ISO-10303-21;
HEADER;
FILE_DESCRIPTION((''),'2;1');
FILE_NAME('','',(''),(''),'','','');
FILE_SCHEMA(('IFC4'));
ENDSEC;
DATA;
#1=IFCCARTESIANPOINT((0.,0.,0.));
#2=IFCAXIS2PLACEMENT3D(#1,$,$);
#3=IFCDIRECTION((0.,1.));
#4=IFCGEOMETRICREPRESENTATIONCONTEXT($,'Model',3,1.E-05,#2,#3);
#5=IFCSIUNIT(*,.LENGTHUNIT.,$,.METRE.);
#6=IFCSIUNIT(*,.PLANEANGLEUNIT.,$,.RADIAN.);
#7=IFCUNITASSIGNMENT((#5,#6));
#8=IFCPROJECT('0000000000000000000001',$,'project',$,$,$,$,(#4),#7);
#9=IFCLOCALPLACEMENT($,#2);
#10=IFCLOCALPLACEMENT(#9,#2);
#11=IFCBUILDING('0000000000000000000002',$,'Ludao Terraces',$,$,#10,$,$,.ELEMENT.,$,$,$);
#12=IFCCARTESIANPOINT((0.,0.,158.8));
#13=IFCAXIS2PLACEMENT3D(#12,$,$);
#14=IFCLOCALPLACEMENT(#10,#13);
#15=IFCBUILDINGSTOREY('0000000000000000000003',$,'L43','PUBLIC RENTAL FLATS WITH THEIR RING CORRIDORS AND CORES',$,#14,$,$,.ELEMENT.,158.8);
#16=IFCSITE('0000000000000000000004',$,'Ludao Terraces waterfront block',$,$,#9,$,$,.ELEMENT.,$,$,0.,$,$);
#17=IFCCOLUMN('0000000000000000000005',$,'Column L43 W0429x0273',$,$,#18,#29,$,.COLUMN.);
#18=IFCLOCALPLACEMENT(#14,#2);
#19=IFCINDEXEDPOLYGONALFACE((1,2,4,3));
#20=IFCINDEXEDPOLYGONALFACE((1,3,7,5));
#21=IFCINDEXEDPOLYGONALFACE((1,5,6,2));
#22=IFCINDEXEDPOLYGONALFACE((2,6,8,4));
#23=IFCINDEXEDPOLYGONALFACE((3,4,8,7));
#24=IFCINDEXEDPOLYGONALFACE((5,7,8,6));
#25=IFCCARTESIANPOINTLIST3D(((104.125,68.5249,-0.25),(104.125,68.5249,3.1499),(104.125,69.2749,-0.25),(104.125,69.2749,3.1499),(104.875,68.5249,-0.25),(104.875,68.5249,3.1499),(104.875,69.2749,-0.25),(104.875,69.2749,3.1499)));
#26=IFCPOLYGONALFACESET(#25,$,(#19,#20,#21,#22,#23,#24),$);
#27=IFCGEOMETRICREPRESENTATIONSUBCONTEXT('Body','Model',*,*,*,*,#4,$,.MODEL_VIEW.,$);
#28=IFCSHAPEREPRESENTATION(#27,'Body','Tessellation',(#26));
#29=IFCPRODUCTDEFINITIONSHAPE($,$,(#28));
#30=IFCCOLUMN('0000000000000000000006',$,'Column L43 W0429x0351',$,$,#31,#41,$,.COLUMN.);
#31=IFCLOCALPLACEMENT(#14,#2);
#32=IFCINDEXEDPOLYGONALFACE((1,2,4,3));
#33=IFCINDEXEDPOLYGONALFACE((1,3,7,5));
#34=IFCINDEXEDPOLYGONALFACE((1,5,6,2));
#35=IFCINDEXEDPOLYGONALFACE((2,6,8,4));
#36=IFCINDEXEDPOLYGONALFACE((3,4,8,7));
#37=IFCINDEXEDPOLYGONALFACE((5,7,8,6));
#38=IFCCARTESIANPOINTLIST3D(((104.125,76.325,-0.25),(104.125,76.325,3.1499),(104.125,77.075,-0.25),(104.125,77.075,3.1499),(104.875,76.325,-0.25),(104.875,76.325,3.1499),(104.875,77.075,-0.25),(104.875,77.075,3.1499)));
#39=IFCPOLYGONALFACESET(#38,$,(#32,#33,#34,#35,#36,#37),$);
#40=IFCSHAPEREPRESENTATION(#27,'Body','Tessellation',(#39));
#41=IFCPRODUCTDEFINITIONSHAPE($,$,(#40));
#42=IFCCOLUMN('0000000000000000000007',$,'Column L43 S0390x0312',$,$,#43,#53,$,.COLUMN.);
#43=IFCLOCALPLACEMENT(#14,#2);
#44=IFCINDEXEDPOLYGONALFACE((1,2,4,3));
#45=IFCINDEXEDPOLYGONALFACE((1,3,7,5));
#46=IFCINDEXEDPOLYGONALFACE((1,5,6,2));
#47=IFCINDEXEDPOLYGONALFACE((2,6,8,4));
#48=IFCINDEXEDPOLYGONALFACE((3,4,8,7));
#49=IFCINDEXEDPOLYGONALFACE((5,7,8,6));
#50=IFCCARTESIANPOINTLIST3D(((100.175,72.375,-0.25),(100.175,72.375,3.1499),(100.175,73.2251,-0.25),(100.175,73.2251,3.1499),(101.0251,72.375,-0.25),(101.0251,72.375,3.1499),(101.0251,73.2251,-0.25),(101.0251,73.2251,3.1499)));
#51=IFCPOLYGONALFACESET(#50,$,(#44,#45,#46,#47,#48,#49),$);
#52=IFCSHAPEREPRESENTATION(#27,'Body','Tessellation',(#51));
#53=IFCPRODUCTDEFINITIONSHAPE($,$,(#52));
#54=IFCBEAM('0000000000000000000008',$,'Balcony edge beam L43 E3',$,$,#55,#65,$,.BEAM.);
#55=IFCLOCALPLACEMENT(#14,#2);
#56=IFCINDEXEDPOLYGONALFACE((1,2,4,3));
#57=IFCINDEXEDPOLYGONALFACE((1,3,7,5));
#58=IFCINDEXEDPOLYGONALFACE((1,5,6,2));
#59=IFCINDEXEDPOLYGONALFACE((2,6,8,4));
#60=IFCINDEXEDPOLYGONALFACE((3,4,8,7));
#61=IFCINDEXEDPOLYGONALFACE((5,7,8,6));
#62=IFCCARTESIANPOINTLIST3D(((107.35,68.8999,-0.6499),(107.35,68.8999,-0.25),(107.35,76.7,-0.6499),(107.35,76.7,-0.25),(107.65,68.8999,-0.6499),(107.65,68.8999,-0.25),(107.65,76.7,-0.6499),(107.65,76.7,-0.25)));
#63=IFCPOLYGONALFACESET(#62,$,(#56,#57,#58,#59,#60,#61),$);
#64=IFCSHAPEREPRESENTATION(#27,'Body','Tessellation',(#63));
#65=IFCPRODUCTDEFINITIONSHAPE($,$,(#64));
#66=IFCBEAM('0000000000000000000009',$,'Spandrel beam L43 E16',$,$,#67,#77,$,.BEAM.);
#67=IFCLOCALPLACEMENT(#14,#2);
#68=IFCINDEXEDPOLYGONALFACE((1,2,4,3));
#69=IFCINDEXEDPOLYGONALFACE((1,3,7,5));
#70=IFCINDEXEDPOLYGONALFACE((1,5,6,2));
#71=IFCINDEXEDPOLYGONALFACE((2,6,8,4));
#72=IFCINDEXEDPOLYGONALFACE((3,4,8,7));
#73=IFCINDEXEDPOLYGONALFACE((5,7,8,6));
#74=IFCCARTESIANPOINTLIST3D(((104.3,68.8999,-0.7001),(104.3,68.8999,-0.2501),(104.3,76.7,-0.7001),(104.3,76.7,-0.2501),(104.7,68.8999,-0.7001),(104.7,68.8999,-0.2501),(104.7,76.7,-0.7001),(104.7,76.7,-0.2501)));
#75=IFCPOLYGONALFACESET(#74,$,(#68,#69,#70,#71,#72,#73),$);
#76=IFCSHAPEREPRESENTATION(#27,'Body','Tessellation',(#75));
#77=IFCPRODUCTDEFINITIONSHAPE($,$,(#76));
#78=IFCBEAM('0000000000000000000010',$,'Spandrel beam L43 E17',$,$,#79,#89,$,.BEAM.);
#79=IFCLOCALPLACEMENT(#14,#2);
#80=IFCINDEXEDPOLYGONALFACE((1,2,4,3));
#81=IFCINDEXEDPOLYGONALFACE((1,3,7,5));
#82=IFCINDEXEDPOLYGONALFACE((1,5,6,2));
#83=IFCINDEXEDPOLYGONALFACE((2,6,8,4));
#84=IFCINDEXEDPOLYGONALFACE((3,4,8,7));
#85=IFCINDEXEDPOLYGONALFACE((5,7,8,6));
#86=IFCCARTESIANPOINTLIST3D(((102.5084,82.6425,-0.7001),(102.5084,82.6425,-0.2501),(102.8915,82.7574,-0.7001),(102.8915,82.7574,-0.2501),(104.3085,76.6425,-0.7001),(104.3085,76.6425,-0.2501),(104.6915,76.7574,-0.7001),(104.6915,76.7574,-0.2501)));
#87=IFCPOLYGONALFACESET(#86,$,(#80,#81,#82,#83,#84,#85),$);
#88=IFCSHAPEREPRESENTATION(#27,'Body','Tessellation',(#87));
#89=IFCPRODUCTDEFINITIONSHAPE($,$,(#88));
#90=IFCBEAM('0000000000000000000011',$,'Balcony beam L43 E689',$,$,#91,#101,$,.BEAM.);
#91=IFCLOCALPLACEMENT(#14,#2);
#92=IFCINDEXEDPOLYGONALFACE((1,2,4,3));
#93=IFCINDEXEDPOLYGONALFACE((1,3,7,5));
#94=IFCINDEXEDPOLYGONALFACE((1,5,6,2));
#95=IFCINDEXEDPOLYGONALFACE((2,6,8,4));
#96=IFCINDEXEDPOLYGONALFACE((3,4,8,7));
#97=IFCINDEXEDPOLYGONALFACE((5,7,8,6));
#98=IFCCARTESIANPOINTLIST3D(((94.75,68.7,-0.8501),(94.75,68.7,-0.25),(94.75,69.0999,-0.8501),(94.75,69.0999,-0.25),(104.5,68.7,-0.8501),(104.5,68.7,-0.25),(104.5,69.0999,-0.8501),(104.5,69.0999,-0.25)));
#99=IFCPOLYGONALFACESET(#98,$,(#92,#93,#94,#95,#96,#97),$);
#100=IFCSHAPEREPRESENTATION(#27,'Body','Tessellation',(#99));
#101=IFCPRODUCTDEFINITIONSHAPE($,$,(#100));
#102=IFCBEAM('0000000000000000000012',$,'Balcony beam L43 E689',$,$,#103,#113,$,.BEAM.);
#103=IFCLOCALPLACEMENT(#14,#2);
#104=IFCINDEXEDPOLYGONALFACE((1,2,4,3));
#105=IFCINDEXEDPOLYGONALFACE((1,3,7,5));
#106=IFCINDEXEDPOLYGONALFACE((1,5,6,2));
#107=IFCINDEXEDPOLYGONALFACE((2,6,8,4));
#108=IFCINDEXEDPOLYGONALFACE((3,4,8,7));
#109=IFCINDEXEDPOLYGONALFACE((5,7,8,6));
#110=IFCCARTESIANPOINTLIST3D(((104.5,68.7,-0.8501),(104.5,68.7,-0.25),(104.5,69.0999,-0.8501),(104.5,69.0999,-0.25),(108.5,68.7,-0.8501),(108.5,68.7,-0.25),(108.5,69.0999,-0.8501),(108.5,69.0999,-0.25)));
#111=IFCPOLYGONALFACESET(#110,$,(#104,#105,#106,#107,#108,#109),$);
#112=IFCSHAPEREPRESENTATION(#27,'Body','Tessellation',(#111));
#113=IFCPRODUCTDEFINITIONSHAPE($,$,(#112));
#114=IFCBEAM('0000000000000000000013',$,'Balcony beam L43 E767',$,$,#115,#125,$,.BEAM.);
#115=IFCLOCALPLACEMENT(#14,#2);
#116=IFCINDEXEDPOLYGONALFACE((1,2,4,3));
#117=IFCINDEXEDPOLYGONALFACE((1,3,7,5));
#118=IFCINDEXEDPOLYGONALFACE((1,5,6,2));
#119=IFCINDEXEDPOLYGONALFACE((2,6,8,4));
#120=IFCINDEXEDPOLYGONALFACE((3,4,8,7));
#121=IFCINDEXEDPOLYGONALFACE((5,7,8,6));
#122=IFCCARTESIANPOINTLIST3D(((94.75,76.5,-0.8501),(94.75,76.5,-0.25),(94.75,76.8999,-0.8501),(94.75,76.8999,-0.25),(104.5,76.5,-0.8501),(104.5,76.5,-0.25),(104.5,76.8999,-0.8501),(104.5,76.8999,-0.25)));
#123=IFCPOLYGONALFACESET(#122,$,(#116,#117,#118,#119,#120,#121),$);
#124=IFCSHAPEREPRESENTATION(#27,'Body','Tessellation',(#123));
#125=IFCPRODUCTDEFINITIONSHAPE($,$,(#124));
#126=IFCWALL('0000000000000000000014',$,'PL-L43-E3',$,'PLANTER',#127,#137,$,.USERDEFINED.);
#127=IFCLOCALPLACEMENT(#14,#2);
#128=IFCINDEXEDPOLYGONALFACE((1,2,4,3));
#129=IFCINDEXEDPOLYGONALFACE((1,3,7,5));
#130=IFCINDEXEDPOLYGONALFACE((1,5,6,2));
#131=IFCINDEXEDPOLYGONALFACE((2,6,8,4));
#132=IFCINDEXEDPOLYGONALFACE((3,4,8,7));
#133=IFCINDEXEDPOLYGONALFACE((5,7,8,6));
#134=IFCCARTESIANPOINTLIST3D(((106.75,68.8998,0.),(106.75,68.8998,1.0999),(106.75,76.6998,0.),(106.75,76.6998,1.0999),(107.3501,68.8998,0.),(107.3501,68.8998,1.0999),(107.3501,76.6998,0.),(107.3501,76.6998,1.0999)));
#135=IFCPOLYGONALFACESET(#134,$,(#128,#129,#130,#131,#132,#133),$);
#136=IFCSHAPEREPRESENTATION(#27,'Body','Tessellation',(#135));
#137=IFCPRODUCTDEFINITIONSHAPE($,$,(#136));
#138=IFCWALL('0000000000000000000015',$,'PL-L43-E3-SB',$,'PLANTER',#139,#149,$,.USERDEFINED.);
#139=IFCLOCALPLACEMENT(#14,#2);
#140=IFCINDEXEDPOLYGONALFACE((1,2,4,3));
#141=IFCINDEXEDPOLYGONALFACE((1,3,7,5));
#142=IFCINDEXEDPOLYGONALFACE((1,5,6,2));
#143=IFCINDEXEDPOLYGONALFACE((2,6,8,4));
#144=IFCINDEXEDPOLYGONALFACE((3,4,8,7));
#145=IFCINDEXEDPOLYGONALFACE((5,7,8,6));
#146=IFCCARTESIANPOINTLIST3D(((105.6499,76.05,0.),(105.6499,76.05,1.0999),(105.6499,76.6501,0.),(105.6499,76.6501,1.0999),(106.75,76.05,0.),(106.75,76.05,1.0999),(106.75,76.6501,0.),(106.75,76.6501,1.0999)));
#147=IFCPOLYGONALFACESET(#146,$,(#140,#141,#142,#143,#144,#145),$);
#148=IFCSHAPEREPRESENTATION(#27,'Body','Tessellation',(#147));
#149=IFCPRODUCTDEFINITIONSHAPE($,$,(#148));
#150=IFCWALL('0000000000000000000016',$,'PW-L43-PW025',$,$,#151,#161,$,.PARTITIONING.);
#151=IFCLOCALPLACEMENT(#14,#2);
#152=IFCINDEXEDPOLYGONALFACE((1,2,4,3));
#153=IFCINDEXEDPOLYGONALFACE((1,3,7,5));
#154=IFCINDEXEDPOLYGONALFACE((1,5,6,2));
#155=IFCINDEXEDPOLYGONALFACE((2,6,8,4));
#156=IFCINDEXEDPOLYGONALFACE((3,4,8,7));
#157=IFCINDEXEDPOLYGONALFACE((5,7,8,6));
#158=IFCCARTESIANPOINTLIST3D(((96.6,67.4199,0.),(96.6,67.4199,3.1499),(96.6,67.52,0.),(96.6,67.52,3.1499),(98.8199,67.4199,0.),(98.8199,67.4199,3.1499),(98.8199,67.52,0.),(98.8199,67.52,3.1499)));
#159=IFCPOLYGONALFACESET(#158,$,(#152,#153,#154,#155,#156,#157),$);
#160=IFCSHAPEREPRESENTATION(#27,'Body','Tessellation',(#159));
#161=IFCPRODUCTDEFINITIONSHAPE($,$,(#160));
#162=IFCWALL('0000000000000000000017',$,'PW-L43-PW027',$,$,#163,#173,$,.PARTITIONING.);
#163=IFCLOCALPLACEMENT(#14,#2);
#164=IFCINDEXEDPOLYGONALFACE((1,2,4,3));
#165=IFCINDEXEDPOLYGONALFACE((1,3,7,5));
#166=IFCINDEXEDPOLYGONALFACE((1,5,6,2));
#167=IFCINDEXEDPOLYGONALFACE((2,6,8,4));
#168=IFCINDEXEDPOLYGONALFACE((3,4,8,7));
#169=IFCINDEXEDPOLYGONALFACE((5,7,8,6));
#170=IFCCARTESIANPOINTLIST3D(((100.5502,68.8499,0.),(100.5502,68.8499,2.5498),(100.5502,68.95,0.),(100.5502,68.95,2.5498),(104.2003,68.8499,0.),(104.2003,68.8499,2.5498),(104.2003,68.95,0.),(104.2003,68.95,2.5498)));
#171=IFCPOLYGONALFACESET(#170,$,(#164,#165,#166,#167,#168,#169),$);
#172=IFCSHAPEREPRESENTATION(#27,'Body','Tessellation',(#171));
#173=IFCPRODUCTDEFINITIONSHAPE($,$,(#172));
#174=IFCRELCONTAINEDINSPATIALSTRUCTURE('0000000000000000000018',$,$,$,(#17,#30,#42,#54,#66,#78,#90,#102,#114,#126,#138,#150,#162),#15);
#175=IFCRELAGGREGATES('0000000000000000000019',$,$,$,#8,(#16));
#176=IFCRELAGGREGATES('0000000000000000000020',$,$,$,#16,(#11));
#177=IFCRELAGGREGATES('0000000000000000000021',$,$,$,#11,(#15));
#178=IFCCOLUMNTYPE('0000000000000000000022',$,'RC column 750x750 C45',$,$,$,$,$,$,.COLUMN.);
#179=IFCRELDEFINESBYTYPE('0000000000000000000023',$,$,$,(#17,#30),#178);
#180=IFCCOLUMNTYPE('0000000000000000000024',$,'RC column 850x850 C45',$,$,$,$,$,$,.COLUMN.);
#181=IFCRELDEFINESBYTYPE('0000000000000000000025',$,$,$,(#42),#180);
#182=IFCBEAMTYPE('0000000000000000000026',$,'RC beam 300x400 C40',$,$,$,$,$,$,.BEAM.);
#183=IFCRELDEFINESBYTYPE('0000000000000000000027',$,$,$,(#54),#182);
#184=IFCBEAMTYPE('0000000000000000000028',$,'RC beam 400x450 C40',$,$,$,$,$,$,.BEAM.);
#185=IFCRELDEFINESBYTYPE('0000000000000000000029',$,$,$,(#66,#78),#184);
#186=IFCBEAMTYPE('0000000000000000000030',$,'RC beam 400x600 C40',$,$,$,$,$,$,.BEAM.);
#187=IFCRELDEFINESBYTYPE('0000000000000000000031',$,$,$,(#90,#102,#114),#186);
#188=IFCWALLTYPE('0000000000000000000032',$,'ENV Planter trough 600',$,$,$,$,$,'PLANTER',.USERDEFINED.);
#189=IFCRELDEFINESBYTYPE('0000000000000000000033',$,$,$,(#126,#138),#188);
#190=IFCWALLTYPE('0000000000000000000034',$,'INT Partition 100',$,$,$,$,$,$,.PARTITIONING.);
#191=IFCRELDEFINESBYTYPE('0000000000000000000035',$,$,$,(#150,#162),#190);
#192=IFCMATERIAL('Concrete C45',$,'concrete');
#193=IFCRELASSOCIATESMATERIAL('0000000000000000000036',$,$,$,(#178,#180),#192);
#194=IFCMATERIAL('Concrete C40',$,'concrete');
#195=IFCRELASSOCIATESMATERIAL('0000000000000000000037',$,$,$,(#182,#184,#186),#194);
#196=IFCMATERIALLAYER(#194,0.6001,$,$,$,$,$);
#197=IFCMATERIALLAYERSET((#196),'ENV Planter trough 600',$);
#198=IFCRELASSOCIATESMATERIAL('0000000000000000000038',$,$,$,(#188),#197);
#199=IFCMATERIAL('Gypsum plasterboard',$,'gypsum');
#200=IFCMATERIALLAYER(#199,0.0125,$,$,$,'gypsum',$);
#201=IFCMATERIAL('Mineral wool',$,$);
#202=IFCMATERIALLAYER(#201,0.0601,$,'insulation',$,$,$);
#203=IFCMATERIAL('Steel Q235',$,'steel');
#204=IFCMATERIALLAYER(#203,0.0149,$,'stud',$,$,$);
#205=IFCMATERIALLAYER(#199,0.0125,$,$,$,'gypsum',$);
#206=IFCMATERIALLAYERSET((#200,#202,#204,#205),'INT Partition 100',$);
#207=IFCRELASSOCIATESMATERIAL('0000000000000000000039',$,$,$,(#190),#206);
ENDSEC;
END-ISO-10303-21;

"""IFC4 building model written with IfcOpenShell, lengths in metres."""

from ifc_helpers import new_model, si_unit, direction, frame, frame_2d, origin, origin_2d, place, context, subcontext, project, spatial, rectangle, extrude, material, layer, layer_set, material_profile, profile_set, type_object, element, save


model = new_model("IFC4")

# Units and contexts
model_context = context("Model", 3, precision=1e-05, world=origin(), true_north=direction((0.0, 1.0)))
body_context = subcontext(model_context, "Body", "Model", "MODEL_VIEW")
ifc_project = project(units=[si_unit("LENGTHUNIT", "METRE"), si_unit("PLANEANGLEUNIT", "RADIAN")], contexts=[model_context])

# Site, building, storey
site_placement = place(None, origin())
site = spatial("IfcSite", under=ifc_project, at=site_placement, Name="Ludao Terraces waterfront block", CompositionType="ELEMENT", RefElevation=0.0)
building_placement = place(site_placement, origin())
building = spatial("IfcBuilding", under=site, at=building_placement, Name="Ludao Terraces", CompositionType="ELEMENT")
storey_placement = place(building_placement, frame((0.0, 0.0, 158.8)))
storey = spatial("IfcBuildingStorey", under=building, at=storey_placement, Name="L43", Description="PUBLIC RENTAL FLATS WITH THEIR RING CORRIDORS AND CORES", CompositionType="ELEMENT", Elevation=158.8)

# Columns
ifc_material_1 = material(Name="Concrete C45", Category="concrete")
ifc_material_profile_1 = material_profile(ifc_material_1, rectangle(XDim=0.75, YDim=0.75, at=origin_2d()), Name="750 X 750")
ifc_profile_set_1 = profile_set([ifc_material_profile_1], Name="Concrete C45")
column_type_1 = type_object("IfcColumnType", Name="RC column 750x750 C45", PredefinedType="COLUMN", material=ifc_profile_set_1)
for number, where, z_axis, x_axis, name in (
    (1, (104.5, 68.8999, -0.25), (0.0, 0.0, 1.0), (1.0, 0.0, 0.0), "Column L43 W0429x0273"),
    (2, (104.5, 76.7, -0.25), (0.0, 0.0, 1.0), (1.0, 0.0, 0.0), "Column L43 W0429x0351"),
):
    element("IfcColumn", number, at=place(storey_placement, frame(where, z_axis=z_axis, x_axis=x_axis)), inside=storey, type_object=column_type_1, Name=name, PredefinedType="COLUMN", context=body_context, shape_type="SweptSolid", body=[
        extrude(rectangle(XDim=0.75, YDim=0.75, at=origin_2d()), origin(), (0.0, 0.0, 1.0), 3.3999),
    ])
ifc_material_profile_2 = material_profile(ifc_material_1, rectangle(XDim=0.8501, YDim=0.8501, at=origin_2d()), Name="850 X 850")
ifc_profile_set_2 = profile_set([ifc_material_profile_2], Name="Concrete C45")
column_type_2 = type_object("IfcColumnType", Name="RC column 850x850 C45", PredefinedType="COLUMN", material=ifc_profile_set_2)
column_placement = place(storey_placement, frame((100.6001, 72.8, -0.25), z_axis=(0.0, 0.0, 1.0), x_axis=(1.0, 0.0, 0.0)))
element("IfcColumn", 3, at=column_placement, inside=storey, type_object=column_type_2, Name="Column L43 S0390x0312", PredefinedType="COLUMN", context=body_context, shape_type="SweptSolid", body=[
    extrude(rectangle(XDim=0.8501, YDim=0.8501, at=origin_2d()), origin(), (0.0, 0.0, 1.0), 3.3999),
])

# Beams
ifc_material_2 = material(Name="Concrete C40", Category="concrete")
ifc_material_profile_3 = material_profile(ifc_material_2, rectangle(XDim=0.3, YDim=0.3999, at=origin_2d()), Name="300 X 400")
ifc_profile_set_3 = profile_set([ifc_material_profile_3], Name="Concrete C40")
beam_type_1 = type_object("IfcBeamType", Name="RC beam 300x400 C40", PredefinedType="BEAM", material=ifc_profile_set_3)
beam_1_placement = place(storey_placement, frame((107.5, 68.8999, -0.45), z_axis=(0.0, 1.0, 0.0), x_axis=(-1.0, 0.0, 0.0)))
element("IfcBeam", 4, at=beam_1_placement, inside=storey, type_object=beam_type_1, Name="Balcony edge beam L43 E3", PredefinedType="BEAM", context=body_context, shape_type="SweptSolid", body=[
    extrude(rectangle(XDim=0.3, YDim=0.3999, at=origin_2d()), origin(), (0.0, 0.0, 1.0), 7.8),
])
ifc_material_profile_4 = material_profile(ifc_material_2, rectangle(XDim=0.3999, YDim=0.45, at=origin_2d()), Name="400 X 450")
ifc_profile_set_4 = profile_set([ifc_material_profile_4], Name="Concrete C40")
beam_type_2 = type_object("IfcBeamType", Name="RC beam 400x450 C40", PredefinedType="BEAM", material=ifc_profile_set_4)
beam_2_placement = place(storey_placement, frame((104.5, 68.8999, -0.4751), z_axis=(0.0, 1.0, 0.0), x_axis=(-1.0, 0.0, 0.0)))
element("IfcBeam", 5, at=beam_2_placement, inside=storey, type_object=beam_type_2, Name="Spandrel beam L43 E16", PredefinedType="BEAM", context=body_context, shape_type="SweptSolid", body=[
    extrude(rectangle(XDim=0.3999, YDim=0.45, at=origin_2d()), origin(), (0.0, 0.0, 1.0), 7.8),
])
beam_3_placement = place(storey_placement, frame((104.5, 76.7, -0.4751), z_axis=(-0.287355, 0.957824, 0.0), x_axis=(-0.957824, -0.287355, 0.0)))
element("IfcBeam", 6, at=beam_3_placement, inside=storey, type_object=beam_type_2, Name="Spandrel beam L43 E17", PredefinedType="BEAM", context=body_context, shape_type="SweptSolid", body=[
    extrude(rectangle(XDim=0.3999, YDim=0.45, at=origin_2d()), origin(), (0.0, 0.0, 1.0), 6.2642),
])
ifc_material_profile_5 = material_profile(ifc_material_2, rectangle(XDim=0.3999, YDim=0.6001, at=origin_2d()), Name="400 X 600")
ifc_profile_set_5 = profile_set([ifc_material_profile_5], Name="Concrete C40")
beam_type_3 = type_object("IfcBeamType", Name="RC beam 400x600 C40", PredefinedType="BEAM", material=ifc_profile_set_5)
beam_4_placement = place(storey_placement, frame((94.75, 68.8999, -0.55), z_axis=(1.0, 0.0, 0.0), x_axis=(0.0, 1.0, 0.0)))
element("IfcBeam", 7, at=beam_4_placement, inside=storey, type_object=beam_type_3, Name="Balcony beam L43 E689", PredefinedType="BEAM", context=body_context, shape_type="SweptSolid", body=[
    extrude(rectangle(XDim=0.3999, YDim=0.6001, at=origin_2d()), origin(), (0.0, 0.0, 1.0), 9.75),
])
beam_5_placement = place(storey_placement, frame((104.5, 68.8999, -0.55), z_axis=(1.0, 0.0, 0.0), x_axis=(0.0, 1.0, 0.0)))
element("IfcBeam", 8, at=beam_5_placement, inside=storey, type_object=beam_type_3, Name="Balcony beam L43 E689", PredefinedType="BEAM", context=body_context, shape_type="SweptSolid", body=[
    extrude(rectangle(XDim=0.3999, YDim=0.6001, at=origin_2d()), origin(), (0.0, 0.0, 1.0), 4.0),
])
beam_6_placement = place(storey_placement, frame((94.75, 76.7, -0.55), z_axis=(1.0, 0.0, 0.0), x_axis=(0.0, 1.0, 0.0)))
element("IfcBeam", 9, at=beam_6_placement, inside=storey, type_object=beam_type_3, Name="Balcony beam L43 E767", PredefinedType="BEAM", context=body_context, shape_type="SweptSolid", body=[
    extrude(rectangle(XDim=0.3999, YDim=0.6001, at=origin_2d()), origin(), (0.0, 0.0, 1.0), 9.75),
])

# Walls
ifc_layer_1 = layer(ifc_material_2, 0.6001)
ifc_layer_set_1 = layer_set([ifc_layer_1], Name="ENV Planter trough 600")
wall_type_1 = type_object("IfcWallType", Name="ENV Planter trough 600", ElementType="PLANTER", PredefinedType="USERDEFINED", material=ifc_layer_set_1)
wall_1_placement = place(storey_placement, frame((107.05, 68.8999, 0.0), z_axis=(0.0, 0.0, 1.0), x_axis=(0.0, 1.0, 0.0)))
element("IfcWall", 10, at=wall_1_placement, inside=storey, type_object=wall_type_1, Name="PL-L43-E3", ObjectType="PLANTER", PredefinedType="USERDEFINED", context=body_context, shape_type="SweptSolid", body=[
    extrude(rectangle(XDim=7.8, YDim=0.6001, at=frame_2d((3.8999, 0.0))), origin(), (0.0, 0.0, 1.0), 1.0999),
])
wall_2_placement = place(storey_placement, frame((106.75, 76.3501, 0.0), z_axis=(0.0, 0.0, 1.0), x_axis=(-1.0, 0.0, 0.0)))
element("IfcWall", 11, at=wall_2_placement, inside=storey, type_object=wall_type_1, Name="PL-L43-E3-SB", ObjectType="PLANTER", PredefinedType="USERDEFINED", context=body_context, shape_type="SweptSolid", body=[
    extrude(rectangle(XDim=1.1001, YDim=0.6001, at=frame_2d((0.55, 0.0))), origin(), (0.0, 0.0, 1.0), 1.0999),
])

# Shared definitions
ifc_material_3 = material(Name="Mineral wool")

# Walls
ifc_material_4 = material(Name="Gypsum plasterboard", Category="gypsum")
ifc_layer_2 = layer(ifc_material_4, 0.0125, Category="gypsum")
ifc_layer_3 = layer(ifc_material_3, 0.0601, Name="insulation")
ifc_material_5 = material(Name="Steel Q235", Category="steel")
ifc_layer_4 = layer(ifc_material_5, 0.0149, Name="stud")
ifc_layer_5 = layer(ifc_material_4, 0.0125, Category="gypsum")
ifc_layer_set_2 = layer_set([ifc_layer_2, ifc_layer_3, ifc_layer_4, ifc_layer_5], Name="INT Partition 100")
wall_type_2 = type_object("IfcWallType", Name="INT Partition 100", PredefinedType="PARTITIONING", material=ifc_layer_set_2)
wall_3_placement = place(storey_placement, frame((96.6001, 67.47, 0.0), z_axis=(0.0, 0.0, 1.0), x_axis=(1.0, 0.0, 0.0)))
element("IfcWall", 12, at=wall_3_placement, inside=storey, type_object=wall_type_2, Name="PW-L43-PW025", PredefinedType="PARTITIONING", context=body_context, shape_type="SweptSolid", body=[
    extrude(rectangle(XDim=2.22, YDim=0.1001, at=frame_2d((1.1099, 0.0))), origin(), (0.0, 0.0, 1.0), 3.1499),
])
wall_4_placement = place(storey_placement, frame((100.55, 68.8999, 0.0), z_axis=(0.0, 0.0, 1.0), x_axis=(1.0, 0.0, 0.0)))
element("IfcWall", 13, at=wall_4_placement, inside=storey, type_object=wall_type_2, Name="PW-L43-PW027", PredefinedType="PARTITIONING", context=body_context, shape_type="SweptSolid", body=[
    extrude(rectangle(XDim=3.6501, YDim=0.1001, at=frame_2d((1.8252, 0.0))), origin(), (0.0, 0.0, 1.0), 2.5498),
])

save(model, "model.ifc")
